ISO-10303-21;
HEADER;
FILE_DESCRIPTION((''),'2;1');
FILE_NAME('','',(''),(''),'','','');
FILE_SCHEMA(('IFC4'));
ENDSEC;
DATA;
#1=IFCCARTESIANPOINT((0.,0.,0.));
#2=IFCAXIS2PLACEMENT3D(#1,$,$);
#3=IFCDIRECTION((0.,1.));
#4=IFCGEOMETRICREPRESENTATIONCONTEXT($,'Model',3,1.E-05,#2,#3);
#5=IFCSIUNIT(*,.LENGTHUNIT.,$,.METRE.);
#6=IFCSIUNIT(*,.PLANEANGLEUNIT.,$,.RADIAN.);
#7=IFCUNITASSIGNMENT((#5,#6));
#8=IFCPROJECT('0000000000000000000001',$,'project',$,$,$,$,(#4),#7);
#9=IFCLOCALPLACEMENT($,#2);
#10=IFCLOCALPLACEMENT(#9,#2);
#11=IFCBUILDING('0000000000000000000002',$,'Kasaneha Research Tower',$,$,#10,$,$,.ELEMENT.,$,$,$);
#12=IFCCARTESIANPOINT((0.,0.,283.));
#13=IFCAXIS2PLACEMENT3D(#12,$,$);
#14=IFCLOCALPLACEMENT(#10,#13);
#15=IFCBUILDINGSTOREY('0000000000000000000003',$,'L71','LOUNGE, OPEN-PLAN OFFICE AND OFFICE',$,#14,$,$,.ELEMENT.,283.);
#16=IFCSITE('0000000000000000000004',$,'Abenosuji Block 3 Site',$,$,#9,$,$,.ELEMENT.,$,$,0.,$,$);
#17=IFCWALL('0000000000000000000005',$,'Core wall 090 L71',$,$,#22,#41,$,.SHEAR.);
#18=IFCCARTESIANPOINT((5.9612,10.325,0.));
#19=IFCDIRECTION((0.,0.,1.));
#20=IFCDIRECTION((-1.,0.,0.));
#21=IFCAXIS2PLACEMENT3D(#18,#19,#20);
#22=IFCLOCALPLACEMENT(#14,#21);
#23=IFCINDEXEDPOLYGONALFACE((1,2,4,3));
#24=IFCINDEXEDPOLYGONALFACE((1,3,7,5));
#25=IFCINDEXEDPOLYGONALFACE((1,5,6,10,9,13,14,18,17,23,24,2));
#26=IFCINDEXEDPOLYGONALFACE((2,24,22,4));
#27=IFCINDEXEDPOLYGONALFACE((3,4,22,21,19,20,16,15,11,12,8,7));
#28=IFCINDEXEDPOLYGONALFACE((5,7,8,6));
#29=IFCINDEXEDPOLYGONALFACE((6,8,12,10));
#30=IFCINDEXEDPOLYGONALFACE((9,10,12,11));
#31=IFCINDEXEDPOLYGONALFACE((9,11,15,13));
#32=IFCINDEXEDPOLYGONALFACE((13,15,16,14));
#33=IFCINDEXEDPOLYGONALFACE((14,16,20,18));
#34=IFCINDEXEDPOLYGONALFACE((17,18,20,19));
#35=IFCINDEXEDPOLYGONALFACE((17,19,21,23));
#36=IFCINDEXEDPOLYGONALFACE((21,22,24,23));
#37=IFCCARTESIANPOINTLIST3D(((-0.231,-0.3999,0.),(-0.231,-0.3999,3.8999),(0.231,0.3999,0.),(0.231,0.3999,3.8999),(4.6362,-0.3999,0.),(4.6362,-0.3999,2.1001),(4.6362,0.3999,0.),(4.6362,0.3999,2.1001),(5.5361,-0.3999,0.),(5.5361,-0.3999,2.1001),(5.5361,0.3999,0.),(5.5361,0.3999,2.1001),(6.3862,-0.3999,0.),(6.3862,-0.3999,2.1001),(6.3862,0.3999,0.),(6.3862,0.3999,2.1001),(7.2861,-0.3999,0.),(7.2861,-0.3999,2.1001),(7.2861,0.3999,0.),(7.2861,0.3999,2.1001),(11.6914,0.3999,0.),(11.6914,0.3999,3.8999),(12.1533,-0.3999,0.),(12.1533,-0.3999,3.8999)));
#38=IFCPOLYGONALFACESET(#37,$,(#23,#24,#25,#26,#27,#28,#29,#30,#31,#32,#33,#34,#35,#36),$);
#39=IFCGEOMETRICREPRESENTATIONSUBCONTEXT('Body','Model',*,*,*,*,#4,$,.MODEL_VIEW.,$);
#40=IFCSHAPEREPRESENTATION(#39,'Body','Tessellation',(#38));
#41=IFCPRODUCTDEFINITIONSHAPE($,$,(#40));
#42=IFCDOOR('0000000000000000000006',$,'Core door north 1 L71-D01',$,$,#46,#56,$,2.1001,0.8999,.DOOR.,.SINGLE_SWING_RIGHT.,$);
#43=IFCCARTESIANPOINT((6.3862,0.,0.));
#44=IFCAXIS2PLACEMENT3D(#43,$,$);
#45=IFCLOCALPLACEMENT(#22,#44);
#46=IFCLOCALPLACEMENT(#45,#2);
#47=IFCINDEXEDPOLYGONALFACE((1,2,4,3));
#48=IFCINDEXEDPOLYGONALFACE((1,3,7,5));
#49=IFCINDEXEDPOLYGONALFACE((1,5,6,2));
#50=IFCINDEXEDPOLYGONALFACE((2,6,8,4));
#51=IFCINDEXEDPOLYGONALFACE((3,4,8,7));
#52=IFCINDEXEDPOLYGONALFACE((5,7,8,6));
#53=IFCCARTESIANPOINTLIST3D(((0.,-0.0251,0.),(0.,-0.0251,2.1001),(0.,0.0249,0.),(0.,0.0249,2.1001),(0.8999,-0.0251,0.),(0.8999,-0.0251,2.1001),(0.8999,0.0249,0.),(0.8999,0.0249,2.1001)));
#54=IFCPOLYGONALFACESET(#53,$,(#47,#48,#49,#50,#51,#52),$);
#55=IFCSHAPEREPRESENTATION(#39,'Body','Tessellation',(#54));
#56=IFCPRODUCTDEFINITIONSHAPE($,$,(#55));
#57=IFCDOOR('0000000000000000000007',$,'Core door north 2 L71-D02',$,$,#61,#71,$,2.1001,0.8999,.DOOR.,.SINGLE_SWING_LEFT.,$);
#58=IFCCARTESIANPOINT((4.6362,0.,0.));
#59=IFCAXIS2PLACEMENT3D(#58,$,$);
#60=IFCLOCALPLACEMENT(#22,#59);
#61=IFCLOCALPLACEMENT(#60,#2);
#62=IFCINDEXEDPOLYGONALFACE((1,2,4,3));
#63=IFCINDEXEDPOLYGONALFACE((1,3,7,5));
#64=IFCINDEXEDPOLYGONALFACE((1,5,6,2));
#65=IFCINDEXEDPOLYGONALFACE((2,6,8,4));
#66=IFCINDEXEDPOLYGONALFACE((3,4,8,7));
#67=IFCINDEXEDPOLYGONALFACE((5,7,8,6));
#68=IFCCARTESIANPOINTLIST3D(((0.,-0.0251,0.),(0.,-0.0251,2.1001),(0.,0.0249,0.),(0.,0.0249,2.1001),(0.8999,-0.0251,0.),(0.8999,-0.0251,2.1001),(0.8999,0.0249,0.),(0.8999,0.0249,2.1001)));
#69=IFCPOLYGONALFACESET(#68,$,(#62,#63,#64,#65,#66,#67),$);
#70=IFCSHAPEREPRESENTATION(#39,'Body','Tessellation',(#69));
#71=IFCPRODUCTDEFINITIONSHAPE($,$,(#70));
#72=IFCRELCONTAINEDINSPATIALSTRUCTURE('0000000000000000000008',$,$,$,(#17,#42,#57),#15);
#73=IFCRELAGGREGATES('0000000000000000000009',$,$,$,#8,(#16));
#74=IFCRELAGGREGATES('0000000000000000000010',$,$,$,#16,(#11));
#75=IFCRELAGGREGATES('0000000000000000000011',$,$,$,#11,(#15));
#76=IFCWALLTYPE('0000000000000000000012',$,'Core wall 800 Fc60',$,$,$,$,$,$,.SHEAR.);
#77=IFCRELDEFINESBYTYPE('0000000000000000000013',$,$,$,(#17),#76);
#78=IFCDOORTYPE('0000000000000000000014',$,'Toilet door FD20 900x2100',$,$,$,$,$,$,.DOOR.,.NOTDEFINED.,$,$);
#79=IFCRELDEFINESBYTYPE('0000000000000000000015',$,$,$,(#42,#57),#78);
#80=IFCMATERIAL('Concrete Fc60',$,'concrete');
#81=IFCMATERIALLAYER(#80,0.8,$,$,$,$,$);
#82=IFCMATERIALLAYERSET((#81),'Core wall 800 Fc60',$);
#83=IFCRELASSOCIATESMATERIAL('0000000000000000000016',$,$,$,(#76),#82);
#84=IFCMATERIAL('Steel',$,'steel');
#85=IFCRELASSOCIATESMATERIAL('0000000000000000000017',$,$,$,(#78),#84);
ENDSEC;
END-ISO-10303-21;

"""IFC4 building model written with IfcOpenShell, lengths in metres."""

from ifc_helpers import new_model, si_unit, direction, frame, frame_2d, origin, place, context, subcontext, project, spatial, polyline, rectangle, outline, extrude, material, layer, layer_set, type_object, element, fill, save


model = new_model("IFC4")

# Units and contexts
model_context = context("Model", 3, precision=1e-05, world=origin(), true_north=direction((0.0, 1.0)))
body_context = subcontext(model_context, "Body", "Model", "MODEL_VIEW")
ifc_project = project(units=[si_unit("LENGTHUNIT", "METRE"), si_unit("PLANEANGLEUNIT", "RADIAN")], contexts=[model_context])

# Site, building, storey
site_placement = place(None, origin())
site = spatial("IfcSite", under=ifc_project, at=site_placement, Name="Abenosuji Block 3 Site", CompositionType="ELEMENT", RefElevation=0.0)
building_placement = place(site_placement, origin())
building = spatial("IfcBuilding", under=site, at=building_placement, Name="Kasaneha Research Tower", CompositionType="ELEMENT")
storey_placement = place(building_placement, frame((0.0, 0.0, 283.0)))
storey = spatial("IfcBuildingStorey", under=building, at=storey_placement, Name="L71", Description="LOUNGE, OPEN-PLAN OFFICE AND OFFICE", CompositionType="ELEMENT", Elevation=283.0)

# Wall, openings, doors
ifc_material_1 = material(Name="Concrete Fc60", Category="concrete")
ifc_layer_1 = layer(ifc_material_1, 0.8)
ifc_layer_set_1 = layer_set([ifc_layer_1], Name="Core wall 800 Fc60")
wall_type_1 = type_object("IfcWallType", Name="Core wall 800 Fc60", PredefinedType="SHEAR", material=ifc_layer_set_1)
wall_1_placement = place(storey_placement, frame((5.9612, 10.325, 0.0), z_axis=(0.0, 0.0, 1.0), x_axis=(-1.0, 0.0, 0.0)))
wall_1 = element("IfcWall", 1, at=wall_1_placement, inside=storey, type_object=wall_type_1, Name="Core wall 090 L71", PredefinedType="SHEAR", context=body_context, shape_type="SweptSolid", body=[
    extrude(outline(polyline([(-0.231, -0.3999), (4.6362, -0.3999), (5.5361, -0.3999), (6.3862, -0.3999), (7.2861, -0.3999), (12.1533, -0.3999), (11.6914, 0.3999), (7.2861, 0.3999), (6.3862, 0.3999), (5.5361, 0.3999), (4.6362, 0.3999), (0.231, 0.3999), (-0.231, -0.3999)])), origin(), (0.0, 0.0, 1.0), 3.8999),
])
opening_1_placement = place(wall_1_placement, frame((6.3862, 0.0, 0.0)))
opening_1 = element("IfcOpeningElement", 2, at=opening_1_placement, cuts=wall_1, PredefinedType="OPENING", context=body_context, shape_type="SweptSolid", body=[
    extrude(rectangle(XDim=0.8999, YDim=2.1001, at=frame_2d((0.45, 1.05))), frame((0.0, 0.4102, 0.0), z_axis=(0.0, -1.0, 0.0), x_axis=(1.0, 0.0, 0.0)), (0.0, 0.0, 1.0), 0.8201),
])
opening_2_placement = place(wall_1_placement, frame((4.6362, 0.0, 0.0)))
opening_2 = element("IfcOpeningElement", 3, at=opening_2_placement, cuts=wall_1, PredefinedType="OPENING", context=body_context, shape_type="SweptSolid", body=[
    extrude(rectangle(XDim=0.8999, YDim=2.1001, at=frame_2d((0.45, 1.05))), frame((0.0, 0.4102, 0.0), z_axis=(0.0, -1.0, 0.0), x_axis=(1.0, 0.0, 0.0)), (0.0, 0.0, 1.0), 0.8201),
])
ifc_material_2 = material(Name="Steel", Category="steel")
door_type_1 = type_object("IfcDoorType", Name="Toilet door FD20 900x2100", OperationType="NOTDEFINED", PredefinedType="DOOR", material=ifc_material_2)
door_1_placement = place(opening_1_placement, origin())
door_1 = element("IfcDoor", 4, at=door_1_placement, inside=storey, type_object=door_type_1, Name="Core door north 1 L71-D01", OperationType="SINGLE_SWING_RIGHT", OverallHeight=2.1001, OverallWidth=0.8999, PredefinedType="DOOR", context=body_context, shape_type="SweptSolid", body=[
    extrude(rectangle(XDim=0.8999, YDim=2.1001, at=frame_2d((0.45, 1.05))), frame((0.0, 0.0249, 0.0), z_axis=(0.0, -1.0, 0.0), x_axis=(1.0, 0.0, 0.0)), (0.0, 0.0, 1.0), 0.05),
])
fill(opening_1, door_1)
door_2_placement = place(opening_2_placement, origin())
door_2 = element("IfcDoor", 5, at=door_2_placement, inside=storey, type_object=door_type_1, Name="Core door north 2 L71-D02", OperationType="SINGLE_SWING_LEFT", OverallHeight=2.1001, OverallWidth=0.8999, PredefinedType="DOOR", context=body_context, shape_type="SweptSolid", body=[
    extrude(rectangle(XDim=0.8999, YDim=2.1001, at=frame_2d((0.45, 1.05))), frame((0.0, 0.0249, 0.0), z_axis=(0.0, -1.0, 0.0), x_axis=(1.0, 0.0, 0.0)), (0.0, 0.0, 1.0), 0.05),
])
fill(opening_2, door_2)

save(model, "model.ifc")
